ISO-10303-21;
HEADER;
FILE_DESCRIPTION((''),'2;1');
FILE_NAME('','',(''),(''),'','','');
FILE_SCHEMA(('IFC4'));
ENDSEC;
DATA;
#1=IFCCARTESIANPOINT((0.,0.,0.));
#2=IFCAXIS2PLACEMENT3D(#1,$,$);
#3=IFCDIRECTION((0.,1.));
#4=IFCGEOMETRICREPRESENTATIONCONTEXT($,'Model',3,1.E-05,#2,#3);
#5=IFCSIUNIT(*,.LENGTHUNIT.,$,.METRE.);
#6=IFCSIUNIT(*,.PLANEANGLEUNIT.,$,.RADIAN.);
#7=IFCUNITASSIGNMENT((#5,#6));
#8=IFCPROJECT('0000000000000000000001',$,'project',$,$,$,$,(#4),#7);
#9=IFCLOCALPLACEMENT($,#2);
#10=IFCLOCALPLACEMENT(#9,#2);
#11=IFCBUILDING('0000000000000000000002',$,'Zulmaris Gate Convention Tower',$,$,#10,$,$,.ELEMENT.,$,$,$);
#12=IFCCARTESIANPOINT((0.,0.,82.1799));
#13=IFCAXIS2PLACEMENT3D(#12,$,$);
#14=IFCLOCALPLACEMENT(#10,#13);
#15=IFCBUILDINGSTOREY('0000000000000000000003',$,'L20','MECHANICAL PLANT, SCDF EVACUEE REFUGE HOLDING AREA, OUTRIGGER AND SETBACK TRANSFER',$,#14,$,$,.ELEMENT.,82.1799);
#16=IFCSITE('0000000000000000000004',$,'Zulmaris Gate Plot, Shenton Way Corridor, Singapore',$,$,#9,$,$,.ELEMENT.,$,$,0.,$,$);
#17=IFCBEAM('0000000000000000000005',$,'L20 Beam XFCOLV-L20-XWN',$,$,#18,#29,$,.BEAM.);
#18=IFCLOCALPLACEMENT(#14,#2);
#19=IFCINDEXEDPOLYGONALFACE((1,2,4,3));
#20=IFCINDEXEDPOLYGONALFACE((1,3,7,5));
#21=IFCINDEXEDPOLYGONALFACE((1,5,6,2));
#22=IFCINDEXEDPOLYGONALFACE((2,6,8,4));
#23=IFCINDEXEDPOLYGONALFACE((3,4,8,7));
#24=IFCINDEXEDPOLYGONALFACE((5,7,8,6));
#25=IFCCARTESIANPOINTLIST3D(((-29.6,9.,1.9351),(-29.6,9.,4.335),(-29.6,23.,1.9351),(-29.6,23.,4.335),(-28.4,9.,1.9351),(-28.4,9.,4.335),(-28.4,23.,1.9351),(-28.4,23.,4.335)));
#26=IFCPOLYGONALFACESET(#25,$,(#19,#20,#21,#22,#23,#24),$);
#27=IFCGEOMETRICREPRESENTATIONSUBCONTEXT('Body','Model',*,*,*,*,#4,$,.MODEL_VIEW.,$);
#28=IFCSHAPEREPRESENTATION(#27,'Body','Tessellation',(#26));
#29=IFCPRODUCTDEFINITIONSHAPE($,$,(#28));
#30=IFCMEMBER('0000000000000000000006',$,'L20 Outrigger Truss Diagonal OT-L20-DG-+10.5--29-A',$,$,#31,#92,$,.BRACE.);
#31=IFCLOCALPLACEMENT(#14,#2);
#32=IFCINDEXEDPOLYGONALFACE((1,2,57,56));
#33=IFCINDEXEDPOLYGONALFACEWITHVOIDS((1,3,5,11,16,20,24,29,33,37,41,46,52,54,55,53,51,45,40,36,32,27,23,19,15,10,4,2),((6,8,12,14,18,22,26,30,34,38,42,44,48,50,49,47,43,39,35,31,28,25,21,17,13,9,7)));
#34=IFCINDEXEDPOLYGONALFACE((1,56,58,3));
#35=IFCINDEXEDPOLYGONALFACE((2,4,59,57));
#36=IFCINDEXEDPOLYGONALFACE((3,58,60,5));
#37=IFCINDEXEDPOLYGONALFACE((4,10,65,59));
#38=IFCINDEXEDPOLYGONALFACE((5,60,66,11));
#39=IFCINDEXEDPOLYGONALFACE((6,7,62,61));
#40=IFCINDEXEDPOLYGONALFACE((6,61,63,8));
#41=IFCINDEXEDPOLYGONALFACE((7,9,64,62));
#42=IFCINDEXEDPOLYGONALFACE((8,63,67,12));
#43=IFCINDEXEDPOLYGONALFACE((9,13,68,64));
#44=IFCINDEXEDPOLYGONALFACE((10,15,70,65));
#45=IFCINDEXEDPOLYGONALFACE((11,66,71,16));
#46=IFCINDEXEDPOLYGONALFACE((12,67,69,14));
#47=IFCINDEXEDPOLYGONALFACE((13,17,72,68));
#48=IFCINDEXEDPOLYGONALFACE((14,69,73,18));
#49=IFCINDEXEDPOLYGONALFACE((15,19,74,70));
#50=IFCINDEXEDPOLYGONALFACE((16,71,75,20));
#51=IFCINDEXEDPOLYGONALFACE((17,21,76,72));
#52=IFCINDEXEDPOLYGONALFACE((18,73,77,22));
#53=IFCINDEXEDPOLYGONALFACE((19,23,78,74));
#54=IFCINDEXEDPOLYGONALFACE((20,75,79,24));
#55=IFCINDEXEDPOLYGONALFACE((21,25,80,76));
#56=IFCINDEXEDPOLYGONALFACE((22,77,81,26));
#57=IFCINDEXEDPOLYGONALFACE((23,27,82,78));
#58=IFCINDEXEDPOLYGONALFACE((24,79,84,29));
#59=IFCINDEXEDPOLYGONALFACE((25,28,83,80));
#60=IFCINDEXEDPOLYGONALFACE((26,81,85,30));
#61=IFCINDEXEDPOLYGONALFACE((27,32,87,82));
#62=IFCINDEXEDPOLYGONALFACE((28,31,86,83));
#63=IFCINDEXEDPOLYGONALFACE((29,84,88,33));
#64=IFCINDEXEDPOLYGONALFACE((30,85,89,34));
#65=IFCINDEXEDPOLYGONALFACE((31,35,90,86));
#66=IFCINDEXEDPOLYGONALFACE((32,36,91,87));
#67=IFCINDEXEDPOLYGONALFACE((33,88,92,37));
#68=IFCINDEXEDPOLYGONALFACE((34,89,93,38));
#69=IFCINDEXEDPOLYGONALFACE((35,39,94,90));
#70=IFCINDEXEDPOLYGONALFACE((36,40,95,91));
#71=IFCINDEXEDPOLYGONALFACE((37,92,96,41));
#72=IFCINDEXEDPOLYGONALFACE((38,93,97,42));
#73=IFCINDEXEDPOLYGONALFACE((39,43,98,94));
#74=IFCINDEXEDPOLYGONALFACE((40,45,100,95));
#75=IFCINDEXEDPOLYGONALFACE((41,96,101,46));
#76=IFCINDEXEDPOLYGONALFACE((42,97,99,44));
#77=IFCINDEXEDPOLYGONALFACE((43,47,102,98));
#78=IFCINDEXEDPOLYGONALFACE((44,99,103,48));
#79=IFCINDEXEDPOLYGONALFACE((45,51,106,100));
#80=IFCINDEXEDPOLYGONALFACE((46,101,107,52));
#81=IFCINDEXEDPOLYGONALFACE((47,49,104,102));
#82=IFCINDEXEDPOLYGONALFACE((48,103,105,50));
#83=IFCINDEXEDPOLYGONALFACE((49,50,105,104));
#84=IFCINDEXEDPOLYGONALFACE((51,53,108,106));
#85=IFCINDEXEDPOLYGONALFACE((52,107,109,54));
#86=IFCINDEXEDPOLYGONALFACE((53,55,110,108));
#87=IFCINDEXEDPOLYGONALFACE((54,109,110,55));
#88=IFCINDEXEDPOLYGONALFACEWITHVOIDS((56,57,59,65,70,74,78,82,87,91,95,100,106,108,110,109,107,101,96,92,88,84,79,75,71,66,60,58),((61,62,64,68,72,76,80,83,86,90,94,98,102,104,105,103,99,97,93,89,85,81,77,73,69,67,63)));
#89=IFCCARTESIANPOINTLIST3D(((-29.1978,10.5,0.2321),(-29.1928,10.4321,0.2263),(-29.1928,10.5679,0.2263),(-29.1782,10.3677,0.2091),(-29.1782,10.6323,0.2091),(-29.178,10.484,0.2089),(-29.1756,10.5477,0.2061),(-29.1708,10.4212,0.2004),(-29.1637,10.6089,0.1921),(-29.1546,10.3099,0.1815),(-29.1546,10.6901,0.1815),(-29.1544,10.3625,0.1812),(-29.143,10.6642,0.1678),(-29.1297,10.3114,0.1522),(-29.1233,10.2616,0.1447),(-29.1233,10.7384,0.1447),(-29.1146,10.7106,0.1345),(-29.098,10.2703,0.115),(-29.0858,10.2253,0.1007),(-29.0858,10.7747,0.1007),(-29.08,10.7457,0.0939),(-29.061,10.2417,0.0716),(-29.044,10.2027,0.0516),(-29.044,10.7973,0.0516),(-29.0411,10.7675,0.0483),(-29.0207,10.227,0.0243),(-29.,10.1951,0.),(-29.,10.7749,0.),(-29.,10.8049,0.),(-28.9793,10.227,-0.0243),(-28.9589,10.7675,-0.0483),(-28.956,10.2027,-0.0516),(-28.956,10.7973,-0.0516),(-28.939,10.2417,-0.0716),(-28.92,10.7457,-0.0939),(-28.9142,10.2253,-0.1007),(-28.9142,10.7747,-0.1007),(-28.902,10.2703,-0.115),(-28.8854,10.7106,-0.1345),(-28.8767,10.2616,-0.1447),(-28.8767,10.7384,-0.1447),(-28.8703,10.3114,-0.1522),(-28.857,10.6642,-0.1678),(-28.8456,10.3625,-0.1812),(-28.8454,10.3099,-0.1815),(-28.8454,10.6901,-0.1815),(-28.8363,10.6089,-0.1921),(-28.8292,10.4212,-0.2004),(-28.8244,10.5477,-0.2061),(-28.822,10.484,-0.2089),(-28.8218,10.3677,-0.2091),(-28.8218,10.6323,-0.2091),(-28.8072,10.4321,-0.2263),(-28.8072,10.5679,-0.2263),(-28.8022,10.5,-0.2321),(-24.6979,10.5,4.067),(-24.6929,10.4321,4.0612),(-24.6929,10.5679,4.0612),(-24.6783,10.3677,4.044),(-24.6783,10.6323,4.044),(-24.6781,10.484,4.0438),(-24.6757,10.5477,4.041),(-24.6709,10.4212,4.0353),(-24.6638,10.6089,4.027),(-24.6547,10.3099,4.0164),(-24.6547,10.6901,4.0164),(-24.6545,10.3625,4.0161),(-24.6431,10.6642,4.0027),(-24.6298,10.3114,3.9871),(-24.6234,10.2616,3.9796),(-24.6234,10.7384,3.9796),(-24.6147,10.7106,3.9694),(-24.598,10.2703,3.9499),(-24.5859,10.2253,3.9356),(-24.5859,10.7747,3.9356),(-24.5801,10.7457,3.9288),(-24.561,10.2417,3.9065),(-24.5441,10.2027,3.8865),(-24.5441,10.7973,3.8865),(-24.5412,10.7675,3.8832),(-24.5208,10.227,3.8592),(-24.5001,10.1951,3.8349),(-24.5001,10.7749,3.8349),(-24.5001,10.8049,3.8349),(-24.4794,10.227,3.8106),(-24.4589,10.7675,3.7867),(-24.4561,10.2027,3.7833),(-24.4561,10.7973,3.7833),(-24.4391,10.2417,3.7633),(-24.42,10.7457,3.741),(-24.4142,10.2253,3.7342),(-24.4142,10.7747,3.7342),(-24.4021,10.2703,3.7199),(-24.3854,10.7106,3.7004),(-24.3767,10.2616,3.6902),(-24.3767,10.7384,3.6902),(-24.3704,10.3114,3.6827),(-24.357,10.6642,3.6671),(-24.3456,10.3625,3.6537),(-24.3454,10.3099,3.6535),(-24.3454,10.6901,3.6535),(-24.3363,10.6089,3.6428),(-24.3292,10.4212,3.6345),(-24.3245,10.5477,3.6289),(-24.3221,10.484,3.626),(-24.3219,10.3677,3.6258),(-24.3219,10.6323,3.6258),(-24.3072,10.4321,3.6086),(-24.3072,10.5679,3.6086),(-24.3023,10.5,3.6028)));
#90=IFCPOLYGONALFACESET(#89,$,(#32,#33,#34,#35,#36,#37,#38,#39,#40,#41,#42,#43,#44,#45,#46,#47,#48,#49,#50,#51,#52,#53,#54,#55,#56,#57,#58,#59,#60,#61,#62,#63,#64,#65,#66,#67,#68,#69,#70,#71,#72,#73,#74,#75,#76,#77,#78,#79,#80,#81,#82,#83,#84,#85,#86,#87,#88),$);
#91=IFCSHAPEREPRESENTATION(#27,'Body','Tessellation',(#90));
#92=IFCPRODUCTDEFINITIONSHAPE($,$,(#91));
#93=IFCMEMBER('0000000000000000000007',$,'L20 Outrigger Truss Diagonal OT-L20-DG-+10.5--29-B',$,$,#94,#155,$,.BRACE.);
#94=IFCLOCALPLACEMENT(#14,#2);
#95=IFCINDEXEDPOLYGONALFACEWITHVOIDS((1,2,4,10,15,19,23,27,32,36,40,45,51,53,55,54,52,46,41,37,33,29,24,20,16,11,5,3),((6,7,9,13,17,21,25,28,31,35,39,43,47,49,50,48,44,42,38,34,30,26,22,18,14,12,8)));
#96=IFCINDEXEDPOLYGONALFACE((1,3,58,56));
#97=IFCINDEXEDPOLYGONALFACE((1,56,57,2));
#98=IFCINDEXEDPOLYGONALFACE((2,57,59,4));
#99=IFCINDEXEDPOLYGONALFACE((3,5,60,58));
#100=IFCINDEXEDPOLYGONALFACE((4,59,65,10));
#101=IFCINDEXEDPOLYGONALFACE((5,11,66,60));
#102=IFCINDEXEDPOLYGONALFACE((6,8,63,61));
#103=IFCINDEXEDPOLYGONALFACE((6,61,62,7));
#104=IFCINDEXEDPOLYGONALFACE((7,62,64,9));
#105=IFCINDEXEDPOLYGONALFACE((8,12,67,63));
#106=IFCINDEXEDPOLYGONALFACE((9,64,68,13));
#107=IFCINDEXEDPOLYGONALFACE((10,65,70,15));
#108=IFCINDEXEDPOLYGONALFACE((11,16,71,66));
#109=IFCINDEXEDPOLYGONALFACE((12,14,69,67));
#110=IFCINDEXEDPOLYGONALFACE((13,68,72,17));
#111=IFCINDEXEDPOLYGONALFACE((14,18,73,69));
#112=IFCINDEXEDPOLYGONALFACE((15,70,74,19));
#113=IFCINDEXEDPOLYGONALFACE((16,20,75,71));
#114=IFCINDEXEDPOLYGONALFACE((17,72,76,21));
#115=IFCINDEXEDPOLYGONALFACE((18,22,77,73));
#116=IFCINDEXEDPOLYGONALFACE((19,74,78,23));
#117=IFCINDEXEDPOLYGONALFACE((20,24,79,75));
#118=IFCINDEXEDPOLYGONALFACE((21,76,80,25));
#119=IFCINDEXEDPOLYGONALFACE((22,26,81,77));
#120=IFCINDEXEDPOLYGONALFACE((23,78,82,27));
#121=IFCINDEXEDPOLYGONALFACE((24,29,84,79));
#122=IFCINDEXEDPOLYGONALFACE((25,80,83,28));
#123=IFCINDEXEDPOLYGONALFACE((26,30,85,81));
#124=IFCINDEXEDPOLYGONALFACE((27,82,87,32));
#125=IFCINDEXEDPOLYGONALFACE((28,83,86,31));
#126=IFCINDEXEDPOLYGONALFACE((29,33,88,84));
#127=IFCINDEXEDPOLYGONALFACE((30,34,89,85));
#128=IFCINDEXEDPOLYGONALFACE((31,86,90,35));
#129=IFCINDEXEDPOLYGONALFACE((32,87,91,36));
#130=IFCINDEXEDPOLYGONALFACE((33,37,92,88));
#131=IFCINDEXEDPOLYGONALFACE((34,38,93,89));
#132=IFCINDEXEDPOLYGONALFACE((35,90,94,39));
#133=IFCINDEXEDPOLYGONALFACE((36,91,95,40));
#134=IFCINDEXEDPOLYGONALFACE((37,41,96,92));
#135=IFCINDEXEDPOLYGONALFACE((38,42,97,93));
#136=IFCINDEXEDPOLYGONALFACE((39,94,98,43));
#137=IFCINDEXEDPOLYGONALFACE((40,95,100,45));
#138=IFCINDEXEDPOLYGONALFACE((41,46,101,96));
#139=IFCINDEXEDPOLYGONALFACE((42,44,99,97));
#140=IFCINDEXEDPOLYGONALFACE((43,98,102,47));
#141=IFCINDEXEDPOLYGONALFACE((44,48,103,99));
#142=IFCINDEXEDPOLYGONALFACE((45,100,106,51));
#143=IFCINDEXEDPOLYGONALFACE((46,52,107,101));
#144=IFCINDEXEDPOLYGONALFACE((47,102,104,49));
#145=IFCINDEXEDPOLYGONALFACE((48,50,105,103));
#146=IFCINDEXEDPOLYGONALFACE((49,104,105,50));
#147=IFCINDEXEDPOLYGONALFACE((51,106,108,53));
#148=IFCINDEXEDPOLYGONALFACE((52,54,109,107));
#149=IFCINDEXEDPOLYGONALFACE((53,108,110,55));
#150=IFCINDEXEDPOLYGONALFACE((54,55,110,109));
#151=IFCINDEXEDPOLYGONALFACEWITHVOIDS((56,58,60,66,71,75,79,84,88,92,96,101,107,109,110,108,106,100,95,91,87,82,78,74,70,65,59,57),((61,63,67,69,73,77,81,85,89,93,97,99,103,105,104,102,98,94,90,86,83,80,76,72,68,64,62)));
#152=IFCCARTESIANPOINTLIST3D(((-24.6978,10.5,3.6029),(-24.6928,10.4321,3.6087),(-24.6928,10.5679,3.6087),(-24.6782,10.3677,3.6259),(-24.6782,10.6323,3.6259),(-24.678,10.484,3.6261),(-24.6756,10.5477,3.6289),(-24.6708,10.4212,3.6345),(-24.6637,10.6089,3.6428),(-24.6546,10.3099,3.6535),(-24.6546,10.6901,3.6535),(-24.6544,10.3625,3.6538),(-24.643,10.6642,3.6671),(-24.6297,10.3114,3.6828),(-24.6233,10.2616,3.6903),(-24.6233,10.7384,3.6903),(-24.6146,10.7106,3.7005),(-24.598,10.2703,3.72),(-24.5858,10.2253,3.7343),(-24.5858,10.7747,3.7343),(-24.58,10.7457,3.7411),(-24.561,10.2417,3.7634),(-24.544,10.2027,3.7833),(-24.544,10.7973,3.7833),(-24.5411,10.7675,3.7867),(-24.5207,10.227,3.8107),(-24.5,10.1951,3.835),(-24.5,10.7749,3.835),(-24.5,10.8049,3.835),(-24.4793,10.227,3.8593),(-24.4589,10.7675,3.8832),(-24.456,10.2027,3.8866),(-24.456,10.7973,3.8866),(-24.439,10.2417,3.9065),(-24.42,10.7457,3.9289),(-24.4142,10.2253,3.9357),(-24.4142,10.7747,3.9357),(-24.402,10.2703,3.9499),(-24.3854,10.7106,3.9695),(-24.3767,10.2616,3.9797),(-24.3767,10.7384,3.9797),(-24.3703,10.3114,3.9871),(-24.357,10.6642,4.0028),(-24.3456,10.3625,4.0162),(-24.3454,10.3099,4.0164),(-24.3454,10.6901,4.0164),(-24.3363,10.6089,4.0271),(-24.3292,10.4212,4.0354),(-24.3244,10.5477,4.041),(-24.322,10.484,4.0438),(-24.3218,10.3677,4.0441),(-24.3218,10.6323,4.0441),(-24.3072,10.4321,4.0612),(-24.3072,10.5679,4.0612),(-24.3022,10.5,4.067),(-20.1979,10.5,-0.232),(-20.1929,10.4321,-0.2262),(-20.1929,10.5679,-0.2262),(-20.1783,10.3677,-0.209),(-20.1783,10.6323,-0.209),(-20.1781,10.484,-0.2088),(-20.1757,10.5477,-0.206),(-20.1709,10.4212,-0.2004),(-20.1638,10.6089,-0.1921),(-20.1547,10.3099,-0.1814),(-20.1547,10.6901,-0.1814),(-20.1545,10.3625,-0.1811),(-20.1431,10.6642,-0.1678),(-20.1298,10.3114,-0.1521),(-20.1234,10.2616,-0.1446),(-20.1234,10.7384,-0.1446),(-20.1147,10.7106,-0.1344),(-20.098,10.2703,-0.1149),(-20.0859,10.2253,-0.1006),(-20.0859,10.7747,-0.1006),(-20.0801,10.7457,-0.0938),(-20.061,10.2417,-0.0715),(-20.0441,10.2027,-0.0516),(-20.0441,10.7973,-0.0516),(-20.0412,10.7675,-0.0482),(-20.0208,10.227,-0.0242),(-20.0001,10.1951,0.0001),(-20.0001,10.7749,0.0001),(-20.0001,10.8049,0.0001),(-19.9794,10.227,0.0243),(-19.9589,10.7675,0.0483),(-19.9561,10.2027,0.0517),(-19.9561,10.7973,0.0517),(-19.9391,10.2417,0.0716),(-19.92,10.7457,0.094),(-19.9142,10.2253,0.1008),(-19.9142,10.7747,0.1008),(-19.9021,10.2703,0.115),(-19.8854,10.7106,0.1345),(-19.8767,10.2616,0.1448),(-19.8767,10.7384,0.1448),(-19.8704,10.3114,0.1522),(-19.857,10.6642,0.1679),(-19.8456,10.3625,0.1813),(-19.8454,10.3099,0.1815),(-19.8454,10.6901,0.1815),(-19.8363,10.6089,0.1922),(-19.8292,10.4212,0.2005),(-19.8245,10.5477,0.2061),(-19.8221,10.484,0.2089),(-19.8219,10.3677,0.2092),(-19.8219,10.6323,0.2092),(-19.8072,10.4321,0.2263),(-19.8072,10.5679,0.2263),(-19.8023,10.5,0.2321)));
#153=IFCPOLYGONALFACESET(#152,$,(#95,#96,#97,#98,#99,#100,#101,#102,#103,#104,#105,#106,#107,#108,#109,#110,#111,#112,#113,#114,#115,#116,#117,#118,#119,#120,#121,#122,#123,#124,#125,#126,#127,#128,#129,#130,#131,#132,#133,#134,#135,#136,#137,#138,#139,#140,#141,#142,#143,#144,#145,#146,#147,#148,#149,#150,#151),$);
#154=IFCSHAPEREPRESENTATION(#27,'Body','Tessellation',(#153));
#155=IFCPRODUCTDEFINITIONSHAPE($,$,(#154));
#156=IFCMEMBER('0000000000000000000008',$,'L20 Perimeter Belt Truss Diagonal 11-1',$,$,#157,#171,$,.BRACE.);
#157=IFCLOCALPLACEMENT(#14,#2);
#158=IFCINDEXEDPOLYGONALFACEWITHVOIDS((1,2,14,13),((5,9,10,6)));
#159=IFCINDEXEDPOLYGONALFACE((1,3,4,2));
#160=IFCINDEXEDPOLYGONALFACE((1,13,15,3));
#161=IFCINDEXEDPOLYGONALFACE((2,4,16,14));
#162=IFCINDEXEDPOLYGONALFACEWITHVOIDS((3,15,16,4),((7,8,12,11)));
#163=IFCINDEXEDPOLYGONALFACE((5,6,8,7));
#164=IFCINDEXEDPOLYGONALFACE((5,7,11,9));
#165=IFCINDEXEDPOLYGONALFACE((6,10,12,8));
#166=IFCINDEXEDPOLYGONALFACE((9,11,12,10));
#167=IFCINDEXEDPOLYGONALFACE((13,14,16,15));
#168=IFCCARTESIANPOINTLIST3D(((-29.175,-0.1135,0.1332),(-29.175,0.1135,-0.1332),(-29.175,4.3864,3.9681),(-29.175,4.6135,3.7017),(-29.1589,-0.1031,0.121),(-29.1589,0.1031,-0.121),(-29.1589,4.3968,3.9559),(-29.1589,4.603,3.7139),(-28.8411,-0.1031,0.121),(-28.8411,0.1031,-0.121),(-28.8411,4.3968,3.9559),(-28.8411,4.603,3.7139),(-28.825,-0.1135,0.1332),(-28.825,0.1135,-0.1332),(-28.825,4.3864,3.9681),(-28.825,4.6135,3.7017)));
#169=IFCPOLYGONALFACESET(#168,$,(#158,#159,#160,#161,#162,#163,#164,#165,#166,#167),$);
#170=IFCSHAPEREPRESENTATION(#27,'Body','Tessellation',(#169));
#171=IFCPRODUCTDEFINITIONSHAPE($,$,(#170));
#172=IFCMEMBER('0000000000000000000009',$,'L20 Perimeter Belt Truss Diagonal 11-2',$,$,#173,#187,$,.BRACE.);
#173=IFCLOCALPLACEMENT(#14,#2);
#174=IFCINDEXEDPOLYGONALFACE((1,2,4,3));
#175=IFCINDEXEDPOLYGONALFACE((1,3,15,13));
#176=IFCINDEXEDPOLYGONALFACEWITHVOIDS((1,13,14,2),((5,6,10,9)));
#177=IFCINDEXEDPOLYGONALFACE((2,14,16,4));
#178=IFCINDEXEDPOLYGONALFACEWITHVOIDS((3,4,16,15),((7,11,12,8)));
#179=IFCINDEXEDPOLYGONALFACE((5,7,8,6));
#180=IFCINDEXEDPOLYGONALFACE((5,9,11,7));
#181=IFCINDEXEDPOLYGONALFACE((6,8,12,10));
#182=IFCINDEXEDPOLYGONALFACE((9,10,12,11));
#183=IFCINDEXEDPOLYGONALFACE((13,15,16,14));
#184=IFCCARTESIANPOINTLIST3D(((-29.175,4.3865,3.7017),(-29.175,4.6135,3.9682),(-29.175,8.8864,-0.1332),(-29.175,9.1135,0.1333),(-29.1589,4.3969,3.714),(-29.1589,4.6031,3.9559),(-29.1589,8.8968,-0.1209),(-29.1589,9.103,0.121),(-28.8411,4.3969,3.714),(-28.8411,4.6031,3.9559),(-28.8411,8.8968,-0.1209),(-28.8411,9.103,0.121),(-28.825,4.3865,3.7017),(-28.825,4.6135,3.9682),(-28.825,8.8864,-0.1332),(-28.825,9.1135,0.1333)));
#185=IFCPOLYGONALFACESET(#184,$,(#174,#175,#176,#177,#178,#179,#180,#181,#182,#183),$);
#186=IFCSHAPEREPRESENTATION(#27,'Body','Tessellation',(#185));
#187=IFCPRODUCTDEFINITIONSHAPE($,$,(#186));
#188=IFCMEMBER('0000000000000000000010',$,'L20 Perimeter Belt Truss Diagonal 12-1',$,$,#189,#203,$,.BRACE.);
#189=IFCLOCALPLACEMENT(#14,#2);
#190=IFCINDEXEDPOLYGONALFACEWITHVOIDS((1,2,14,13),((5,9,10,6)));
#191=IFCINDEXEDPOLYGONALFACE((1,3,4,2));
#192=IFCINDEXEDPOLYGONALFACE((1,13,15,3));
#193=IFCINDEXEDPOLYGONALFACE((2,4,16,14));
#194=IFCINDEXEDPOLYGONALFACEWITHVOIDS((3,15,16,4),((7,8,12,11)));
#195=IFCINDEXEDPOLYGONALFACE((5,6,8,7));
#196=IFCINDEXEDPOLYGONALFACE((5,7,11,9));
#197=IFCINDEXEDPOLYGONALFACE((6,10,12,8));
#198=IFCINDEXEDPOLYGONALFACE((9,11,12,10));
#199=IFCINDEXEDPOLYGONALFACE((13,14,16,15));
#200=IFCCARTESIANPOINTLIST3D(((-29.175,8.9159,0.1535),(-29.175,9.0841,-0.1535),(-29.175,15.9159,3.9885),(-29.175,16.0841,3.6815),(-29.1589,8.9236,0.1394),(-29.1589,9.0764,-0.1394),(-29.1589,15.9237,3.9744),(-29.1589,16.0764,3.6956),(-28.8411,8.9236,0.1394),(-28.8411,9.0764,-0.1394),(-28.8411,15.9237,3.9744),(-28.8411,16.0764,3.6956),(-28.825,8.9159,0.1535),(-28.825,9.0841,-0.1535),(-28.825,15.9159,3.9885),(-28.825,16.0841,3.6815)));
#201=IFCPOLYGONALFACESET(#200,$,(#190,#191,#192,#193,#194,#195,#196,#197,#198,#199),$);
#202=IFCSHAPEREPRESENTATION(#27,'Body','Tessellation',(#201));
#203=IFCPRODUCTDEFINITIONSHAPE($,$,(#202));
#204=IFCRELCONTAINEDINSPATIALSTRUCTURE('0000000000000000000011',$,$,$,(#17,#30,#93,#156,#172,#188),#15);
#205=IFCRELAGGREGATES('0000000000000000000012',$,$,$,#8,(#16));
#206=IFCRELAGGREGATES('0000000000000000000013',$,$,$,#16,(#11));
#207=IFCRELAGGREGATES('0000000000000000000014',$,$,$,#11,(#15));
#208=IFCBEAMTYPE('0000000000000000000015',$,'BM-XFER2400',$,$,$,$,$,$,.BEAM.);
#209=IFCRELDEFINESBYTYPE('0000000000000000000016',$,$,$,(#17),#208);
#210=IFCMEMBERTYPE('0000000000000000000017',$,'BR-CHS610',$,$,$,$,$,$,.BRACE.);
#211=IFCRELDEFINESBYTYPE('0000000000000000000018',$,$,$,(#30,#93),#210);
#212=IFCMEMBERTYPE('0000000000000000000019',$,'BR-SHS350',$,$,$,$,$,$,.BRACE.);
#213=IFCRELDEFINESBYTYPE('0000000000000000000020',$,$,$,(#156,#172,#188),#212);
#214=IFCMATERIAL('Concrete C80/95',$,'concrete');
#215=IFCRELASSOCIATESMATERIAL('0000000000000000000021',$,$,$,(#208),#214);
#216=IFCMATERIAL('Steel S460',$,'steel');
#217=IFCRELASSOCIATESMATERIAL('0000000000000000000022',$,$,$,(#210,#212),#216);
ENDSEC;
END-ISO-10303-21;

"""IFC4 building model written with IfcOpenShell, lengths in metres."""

from ifc_helpers import new_model, si_unit, direction, frame, origin, origin_2d, place, context, subcontext, project, spatial, rectangle, hollow_rectangle, hollow_circle, extrude, material, material_profile, profile_set, type_object, element, save


model = new_model("IFC4")

# Units and contexts
model_context = context("Model", 3, precision=1e-05, world=origin(), true_north=direction((0.0, 1.0)))
body_context = subcontext(model_context, "Body", "Model", "MODEL_VIEW")
ifc_project = project(units=[si_unit("LENGTHUNIT", "METRE"), si_unit("PLANEANGLEUNIT", "RADIAN")], contexts=[model_context])

# Site, building, storey
site_placement = place(None, origin())
site = spatial("IfcSite", under=ifc_project, at=site_placement, Name="Zulmaris Gate Plot, Shenton Way Corridor, Singapore", CompositionType="ELEMENT", RefElevation=0.0)
building_placement = place(site_placement, origin())
building = spatial("IfcBuilding", under=site, at=building_placement, Name="Zulmaris Gate Convention Tower", CompositionType="ELEMENT")
storey_placement = place(building_placement, frame((0.0, 0.0, 82.1799)))
storey = spatial("IfcBuildingStorey", under=building, at=storey_placement, Name="L20", Description="MECHANICAL PLANT, SCDF EVACUEE REFUGE HOLDING AREA, OUTRIGGER AND SETBACK TRANSFER", CompositionType="ELEMENT", Elevation=82.1799)

# Shared definitions
ifc_material_1 = material(Name="Steel S460", Category="steel")
ifc_material_2 = material(Name="Concrete C80/95", Category="concrete")

# Beam
ifc_material_profile_1 = material_profile(ifc_material_2, rectangle(XDim=1.2, YDim=2.3999, at=origin_2d()), Name="RC TRANSFER 1200x2400")
ifc_profile_set_1 = profile_set([ifc_material_profile_1], Name="Concrete C80/95")
beam_type_1 = type_object("IfcBeamType", Name="BM-XFER2400", PredefinedType="BEAM", material=ifc_profile_set_1)
beam_1_placement = place(storey_placement, frame((-29.0, 9.0, 3.135), z_axis=(0.0, 1.0, 0.0), x_axis=(-1.0, 0.0, 0.0)))
element("IfcBeam", 1, at=beam_1_placement, inside=storey, type_object=beam_type_1, Name="L20 Beam XFCOLV-L20-XWN", PredefinedType="BEAM", context=body_context, shape_type="SweptSolid", body=[
    extrude(rectangle(XDim=1.2, YDim=2.3999, at=origin_2d()), origin(), (0.0, 0.0, 1.0), 14.0),
])

# Members
ifc_material_profile_2 = material_profile(ifc_material_1, hollow_circle(Radius=0.3049, WallThickness=0.03, at=origin_2d()), Name="CHS 610x30")
ifc_profile_set_2 = profile_set([ifc_material_profile_2], Name="Steel S460")
member_type_1 = type_object("IfcMemberType", Name="BR-CHS610", PredefinedType="BRACE", material=ifc_profile_set_2)
for number, where, z_axis, x_axis, name in (
    (2, (-29.0, 10.5, 0.0), (0.761107, 0.0, 0.648626), (0.0, 1.0, 0.0), "L20 Outrigger Truss Diagonal OT-L20-DG-+10.5--29-A"),
    (3, (-24.5, 10.5, 3.835), (0.761107, 0.0, -0.648626), (0.0, 1.0, 0.0), "L20 Outrigger Truss Diagonal OT-L20-DG-+10.5--29-B"),
):
    element("IfcMember", number, at=place(storey_placement, frame(where, z_axis=z_axis, x_axis=x_axis)), inside=storey, type_object=member_type_1, Name=name, PredefinedType="BRACE", context=body_context, shape_type="SweptSolid", body=[
        extrude(hollow_circle(Radius=0.3049, WallThickness=0.03, at=origin_2d()), origin(), (0.0, 0.0, 1.0), 5.9124),
    ])
ifc_material_profile_3 = material_profile(ifc_material_1, hollow_rectangle(XDim=0.3501, YDim=0.3501, WallThickness=0.0161, at=origin_2d()), Name="SHS 350x350x16")
ifc_profile_set_3 = profile_set([ifc_material_profile_3], Name="Steel S460")
member_type_2 = type_object("IfcMemberType", Name="BR-SHS350", PredefinedType="BRACE", material=ifc_profile_set_3)
for number, where, z_axis, x_axis, name in (
    (4, (-29.0, 0.0, 0.0), (0.0, 0.761107, 0.648626), (-1.0, 0.0, 0.0), "L20 Perimeter Belt Truss Diagonal 11-1"),
    (5, (-29.0, 4.5, 3.835), (0.0, 0.761107, -0.648626), (-1.0, 0.0, 0.0), "L20 Perimeter Belt Truss Diagonal 11-2"),
):
    element("IfcMember", number, at=place(storey_placement, frame(where, z_axis=z_axis, x_axis=x_axis)), inside=storey, type_object=member_type_2, Name=name, PredefinedType="BRACE", context=body_context, shape_type="SweptSolid", body=[
        extrude(hollow_rectangle(XDim=0.3501, YDim=0.3501, WallThickness=0.0161, at=origin_2d()), origin(), (0.0, 0.0, 1.0), 5.9124),
    ])
member_placement = place(storey_placement, frame((-29.0, 9.0, 0.0), z_axis=(0.0, 0.87701, 0.480471), x_axis=(-1.0, 0.0, 0.0)))
element("IfcMember", 6, at=member_placement, inside=storey, type_object=member_type_2, Name="L20 Perimeter Belt Truss Diagonal 12-1", PredefinedType="BRACE", context=body_context, shape_type="SweptSolid", body=[
    extrude(hollow_rectangle(XDim=0.3501, YDim=0.3501, WallThickness=0.0161, at=origin_2d()), origin(), (0.0, 0.0, 1.0), 7.9817),
])

save(model, "model.ifc")
